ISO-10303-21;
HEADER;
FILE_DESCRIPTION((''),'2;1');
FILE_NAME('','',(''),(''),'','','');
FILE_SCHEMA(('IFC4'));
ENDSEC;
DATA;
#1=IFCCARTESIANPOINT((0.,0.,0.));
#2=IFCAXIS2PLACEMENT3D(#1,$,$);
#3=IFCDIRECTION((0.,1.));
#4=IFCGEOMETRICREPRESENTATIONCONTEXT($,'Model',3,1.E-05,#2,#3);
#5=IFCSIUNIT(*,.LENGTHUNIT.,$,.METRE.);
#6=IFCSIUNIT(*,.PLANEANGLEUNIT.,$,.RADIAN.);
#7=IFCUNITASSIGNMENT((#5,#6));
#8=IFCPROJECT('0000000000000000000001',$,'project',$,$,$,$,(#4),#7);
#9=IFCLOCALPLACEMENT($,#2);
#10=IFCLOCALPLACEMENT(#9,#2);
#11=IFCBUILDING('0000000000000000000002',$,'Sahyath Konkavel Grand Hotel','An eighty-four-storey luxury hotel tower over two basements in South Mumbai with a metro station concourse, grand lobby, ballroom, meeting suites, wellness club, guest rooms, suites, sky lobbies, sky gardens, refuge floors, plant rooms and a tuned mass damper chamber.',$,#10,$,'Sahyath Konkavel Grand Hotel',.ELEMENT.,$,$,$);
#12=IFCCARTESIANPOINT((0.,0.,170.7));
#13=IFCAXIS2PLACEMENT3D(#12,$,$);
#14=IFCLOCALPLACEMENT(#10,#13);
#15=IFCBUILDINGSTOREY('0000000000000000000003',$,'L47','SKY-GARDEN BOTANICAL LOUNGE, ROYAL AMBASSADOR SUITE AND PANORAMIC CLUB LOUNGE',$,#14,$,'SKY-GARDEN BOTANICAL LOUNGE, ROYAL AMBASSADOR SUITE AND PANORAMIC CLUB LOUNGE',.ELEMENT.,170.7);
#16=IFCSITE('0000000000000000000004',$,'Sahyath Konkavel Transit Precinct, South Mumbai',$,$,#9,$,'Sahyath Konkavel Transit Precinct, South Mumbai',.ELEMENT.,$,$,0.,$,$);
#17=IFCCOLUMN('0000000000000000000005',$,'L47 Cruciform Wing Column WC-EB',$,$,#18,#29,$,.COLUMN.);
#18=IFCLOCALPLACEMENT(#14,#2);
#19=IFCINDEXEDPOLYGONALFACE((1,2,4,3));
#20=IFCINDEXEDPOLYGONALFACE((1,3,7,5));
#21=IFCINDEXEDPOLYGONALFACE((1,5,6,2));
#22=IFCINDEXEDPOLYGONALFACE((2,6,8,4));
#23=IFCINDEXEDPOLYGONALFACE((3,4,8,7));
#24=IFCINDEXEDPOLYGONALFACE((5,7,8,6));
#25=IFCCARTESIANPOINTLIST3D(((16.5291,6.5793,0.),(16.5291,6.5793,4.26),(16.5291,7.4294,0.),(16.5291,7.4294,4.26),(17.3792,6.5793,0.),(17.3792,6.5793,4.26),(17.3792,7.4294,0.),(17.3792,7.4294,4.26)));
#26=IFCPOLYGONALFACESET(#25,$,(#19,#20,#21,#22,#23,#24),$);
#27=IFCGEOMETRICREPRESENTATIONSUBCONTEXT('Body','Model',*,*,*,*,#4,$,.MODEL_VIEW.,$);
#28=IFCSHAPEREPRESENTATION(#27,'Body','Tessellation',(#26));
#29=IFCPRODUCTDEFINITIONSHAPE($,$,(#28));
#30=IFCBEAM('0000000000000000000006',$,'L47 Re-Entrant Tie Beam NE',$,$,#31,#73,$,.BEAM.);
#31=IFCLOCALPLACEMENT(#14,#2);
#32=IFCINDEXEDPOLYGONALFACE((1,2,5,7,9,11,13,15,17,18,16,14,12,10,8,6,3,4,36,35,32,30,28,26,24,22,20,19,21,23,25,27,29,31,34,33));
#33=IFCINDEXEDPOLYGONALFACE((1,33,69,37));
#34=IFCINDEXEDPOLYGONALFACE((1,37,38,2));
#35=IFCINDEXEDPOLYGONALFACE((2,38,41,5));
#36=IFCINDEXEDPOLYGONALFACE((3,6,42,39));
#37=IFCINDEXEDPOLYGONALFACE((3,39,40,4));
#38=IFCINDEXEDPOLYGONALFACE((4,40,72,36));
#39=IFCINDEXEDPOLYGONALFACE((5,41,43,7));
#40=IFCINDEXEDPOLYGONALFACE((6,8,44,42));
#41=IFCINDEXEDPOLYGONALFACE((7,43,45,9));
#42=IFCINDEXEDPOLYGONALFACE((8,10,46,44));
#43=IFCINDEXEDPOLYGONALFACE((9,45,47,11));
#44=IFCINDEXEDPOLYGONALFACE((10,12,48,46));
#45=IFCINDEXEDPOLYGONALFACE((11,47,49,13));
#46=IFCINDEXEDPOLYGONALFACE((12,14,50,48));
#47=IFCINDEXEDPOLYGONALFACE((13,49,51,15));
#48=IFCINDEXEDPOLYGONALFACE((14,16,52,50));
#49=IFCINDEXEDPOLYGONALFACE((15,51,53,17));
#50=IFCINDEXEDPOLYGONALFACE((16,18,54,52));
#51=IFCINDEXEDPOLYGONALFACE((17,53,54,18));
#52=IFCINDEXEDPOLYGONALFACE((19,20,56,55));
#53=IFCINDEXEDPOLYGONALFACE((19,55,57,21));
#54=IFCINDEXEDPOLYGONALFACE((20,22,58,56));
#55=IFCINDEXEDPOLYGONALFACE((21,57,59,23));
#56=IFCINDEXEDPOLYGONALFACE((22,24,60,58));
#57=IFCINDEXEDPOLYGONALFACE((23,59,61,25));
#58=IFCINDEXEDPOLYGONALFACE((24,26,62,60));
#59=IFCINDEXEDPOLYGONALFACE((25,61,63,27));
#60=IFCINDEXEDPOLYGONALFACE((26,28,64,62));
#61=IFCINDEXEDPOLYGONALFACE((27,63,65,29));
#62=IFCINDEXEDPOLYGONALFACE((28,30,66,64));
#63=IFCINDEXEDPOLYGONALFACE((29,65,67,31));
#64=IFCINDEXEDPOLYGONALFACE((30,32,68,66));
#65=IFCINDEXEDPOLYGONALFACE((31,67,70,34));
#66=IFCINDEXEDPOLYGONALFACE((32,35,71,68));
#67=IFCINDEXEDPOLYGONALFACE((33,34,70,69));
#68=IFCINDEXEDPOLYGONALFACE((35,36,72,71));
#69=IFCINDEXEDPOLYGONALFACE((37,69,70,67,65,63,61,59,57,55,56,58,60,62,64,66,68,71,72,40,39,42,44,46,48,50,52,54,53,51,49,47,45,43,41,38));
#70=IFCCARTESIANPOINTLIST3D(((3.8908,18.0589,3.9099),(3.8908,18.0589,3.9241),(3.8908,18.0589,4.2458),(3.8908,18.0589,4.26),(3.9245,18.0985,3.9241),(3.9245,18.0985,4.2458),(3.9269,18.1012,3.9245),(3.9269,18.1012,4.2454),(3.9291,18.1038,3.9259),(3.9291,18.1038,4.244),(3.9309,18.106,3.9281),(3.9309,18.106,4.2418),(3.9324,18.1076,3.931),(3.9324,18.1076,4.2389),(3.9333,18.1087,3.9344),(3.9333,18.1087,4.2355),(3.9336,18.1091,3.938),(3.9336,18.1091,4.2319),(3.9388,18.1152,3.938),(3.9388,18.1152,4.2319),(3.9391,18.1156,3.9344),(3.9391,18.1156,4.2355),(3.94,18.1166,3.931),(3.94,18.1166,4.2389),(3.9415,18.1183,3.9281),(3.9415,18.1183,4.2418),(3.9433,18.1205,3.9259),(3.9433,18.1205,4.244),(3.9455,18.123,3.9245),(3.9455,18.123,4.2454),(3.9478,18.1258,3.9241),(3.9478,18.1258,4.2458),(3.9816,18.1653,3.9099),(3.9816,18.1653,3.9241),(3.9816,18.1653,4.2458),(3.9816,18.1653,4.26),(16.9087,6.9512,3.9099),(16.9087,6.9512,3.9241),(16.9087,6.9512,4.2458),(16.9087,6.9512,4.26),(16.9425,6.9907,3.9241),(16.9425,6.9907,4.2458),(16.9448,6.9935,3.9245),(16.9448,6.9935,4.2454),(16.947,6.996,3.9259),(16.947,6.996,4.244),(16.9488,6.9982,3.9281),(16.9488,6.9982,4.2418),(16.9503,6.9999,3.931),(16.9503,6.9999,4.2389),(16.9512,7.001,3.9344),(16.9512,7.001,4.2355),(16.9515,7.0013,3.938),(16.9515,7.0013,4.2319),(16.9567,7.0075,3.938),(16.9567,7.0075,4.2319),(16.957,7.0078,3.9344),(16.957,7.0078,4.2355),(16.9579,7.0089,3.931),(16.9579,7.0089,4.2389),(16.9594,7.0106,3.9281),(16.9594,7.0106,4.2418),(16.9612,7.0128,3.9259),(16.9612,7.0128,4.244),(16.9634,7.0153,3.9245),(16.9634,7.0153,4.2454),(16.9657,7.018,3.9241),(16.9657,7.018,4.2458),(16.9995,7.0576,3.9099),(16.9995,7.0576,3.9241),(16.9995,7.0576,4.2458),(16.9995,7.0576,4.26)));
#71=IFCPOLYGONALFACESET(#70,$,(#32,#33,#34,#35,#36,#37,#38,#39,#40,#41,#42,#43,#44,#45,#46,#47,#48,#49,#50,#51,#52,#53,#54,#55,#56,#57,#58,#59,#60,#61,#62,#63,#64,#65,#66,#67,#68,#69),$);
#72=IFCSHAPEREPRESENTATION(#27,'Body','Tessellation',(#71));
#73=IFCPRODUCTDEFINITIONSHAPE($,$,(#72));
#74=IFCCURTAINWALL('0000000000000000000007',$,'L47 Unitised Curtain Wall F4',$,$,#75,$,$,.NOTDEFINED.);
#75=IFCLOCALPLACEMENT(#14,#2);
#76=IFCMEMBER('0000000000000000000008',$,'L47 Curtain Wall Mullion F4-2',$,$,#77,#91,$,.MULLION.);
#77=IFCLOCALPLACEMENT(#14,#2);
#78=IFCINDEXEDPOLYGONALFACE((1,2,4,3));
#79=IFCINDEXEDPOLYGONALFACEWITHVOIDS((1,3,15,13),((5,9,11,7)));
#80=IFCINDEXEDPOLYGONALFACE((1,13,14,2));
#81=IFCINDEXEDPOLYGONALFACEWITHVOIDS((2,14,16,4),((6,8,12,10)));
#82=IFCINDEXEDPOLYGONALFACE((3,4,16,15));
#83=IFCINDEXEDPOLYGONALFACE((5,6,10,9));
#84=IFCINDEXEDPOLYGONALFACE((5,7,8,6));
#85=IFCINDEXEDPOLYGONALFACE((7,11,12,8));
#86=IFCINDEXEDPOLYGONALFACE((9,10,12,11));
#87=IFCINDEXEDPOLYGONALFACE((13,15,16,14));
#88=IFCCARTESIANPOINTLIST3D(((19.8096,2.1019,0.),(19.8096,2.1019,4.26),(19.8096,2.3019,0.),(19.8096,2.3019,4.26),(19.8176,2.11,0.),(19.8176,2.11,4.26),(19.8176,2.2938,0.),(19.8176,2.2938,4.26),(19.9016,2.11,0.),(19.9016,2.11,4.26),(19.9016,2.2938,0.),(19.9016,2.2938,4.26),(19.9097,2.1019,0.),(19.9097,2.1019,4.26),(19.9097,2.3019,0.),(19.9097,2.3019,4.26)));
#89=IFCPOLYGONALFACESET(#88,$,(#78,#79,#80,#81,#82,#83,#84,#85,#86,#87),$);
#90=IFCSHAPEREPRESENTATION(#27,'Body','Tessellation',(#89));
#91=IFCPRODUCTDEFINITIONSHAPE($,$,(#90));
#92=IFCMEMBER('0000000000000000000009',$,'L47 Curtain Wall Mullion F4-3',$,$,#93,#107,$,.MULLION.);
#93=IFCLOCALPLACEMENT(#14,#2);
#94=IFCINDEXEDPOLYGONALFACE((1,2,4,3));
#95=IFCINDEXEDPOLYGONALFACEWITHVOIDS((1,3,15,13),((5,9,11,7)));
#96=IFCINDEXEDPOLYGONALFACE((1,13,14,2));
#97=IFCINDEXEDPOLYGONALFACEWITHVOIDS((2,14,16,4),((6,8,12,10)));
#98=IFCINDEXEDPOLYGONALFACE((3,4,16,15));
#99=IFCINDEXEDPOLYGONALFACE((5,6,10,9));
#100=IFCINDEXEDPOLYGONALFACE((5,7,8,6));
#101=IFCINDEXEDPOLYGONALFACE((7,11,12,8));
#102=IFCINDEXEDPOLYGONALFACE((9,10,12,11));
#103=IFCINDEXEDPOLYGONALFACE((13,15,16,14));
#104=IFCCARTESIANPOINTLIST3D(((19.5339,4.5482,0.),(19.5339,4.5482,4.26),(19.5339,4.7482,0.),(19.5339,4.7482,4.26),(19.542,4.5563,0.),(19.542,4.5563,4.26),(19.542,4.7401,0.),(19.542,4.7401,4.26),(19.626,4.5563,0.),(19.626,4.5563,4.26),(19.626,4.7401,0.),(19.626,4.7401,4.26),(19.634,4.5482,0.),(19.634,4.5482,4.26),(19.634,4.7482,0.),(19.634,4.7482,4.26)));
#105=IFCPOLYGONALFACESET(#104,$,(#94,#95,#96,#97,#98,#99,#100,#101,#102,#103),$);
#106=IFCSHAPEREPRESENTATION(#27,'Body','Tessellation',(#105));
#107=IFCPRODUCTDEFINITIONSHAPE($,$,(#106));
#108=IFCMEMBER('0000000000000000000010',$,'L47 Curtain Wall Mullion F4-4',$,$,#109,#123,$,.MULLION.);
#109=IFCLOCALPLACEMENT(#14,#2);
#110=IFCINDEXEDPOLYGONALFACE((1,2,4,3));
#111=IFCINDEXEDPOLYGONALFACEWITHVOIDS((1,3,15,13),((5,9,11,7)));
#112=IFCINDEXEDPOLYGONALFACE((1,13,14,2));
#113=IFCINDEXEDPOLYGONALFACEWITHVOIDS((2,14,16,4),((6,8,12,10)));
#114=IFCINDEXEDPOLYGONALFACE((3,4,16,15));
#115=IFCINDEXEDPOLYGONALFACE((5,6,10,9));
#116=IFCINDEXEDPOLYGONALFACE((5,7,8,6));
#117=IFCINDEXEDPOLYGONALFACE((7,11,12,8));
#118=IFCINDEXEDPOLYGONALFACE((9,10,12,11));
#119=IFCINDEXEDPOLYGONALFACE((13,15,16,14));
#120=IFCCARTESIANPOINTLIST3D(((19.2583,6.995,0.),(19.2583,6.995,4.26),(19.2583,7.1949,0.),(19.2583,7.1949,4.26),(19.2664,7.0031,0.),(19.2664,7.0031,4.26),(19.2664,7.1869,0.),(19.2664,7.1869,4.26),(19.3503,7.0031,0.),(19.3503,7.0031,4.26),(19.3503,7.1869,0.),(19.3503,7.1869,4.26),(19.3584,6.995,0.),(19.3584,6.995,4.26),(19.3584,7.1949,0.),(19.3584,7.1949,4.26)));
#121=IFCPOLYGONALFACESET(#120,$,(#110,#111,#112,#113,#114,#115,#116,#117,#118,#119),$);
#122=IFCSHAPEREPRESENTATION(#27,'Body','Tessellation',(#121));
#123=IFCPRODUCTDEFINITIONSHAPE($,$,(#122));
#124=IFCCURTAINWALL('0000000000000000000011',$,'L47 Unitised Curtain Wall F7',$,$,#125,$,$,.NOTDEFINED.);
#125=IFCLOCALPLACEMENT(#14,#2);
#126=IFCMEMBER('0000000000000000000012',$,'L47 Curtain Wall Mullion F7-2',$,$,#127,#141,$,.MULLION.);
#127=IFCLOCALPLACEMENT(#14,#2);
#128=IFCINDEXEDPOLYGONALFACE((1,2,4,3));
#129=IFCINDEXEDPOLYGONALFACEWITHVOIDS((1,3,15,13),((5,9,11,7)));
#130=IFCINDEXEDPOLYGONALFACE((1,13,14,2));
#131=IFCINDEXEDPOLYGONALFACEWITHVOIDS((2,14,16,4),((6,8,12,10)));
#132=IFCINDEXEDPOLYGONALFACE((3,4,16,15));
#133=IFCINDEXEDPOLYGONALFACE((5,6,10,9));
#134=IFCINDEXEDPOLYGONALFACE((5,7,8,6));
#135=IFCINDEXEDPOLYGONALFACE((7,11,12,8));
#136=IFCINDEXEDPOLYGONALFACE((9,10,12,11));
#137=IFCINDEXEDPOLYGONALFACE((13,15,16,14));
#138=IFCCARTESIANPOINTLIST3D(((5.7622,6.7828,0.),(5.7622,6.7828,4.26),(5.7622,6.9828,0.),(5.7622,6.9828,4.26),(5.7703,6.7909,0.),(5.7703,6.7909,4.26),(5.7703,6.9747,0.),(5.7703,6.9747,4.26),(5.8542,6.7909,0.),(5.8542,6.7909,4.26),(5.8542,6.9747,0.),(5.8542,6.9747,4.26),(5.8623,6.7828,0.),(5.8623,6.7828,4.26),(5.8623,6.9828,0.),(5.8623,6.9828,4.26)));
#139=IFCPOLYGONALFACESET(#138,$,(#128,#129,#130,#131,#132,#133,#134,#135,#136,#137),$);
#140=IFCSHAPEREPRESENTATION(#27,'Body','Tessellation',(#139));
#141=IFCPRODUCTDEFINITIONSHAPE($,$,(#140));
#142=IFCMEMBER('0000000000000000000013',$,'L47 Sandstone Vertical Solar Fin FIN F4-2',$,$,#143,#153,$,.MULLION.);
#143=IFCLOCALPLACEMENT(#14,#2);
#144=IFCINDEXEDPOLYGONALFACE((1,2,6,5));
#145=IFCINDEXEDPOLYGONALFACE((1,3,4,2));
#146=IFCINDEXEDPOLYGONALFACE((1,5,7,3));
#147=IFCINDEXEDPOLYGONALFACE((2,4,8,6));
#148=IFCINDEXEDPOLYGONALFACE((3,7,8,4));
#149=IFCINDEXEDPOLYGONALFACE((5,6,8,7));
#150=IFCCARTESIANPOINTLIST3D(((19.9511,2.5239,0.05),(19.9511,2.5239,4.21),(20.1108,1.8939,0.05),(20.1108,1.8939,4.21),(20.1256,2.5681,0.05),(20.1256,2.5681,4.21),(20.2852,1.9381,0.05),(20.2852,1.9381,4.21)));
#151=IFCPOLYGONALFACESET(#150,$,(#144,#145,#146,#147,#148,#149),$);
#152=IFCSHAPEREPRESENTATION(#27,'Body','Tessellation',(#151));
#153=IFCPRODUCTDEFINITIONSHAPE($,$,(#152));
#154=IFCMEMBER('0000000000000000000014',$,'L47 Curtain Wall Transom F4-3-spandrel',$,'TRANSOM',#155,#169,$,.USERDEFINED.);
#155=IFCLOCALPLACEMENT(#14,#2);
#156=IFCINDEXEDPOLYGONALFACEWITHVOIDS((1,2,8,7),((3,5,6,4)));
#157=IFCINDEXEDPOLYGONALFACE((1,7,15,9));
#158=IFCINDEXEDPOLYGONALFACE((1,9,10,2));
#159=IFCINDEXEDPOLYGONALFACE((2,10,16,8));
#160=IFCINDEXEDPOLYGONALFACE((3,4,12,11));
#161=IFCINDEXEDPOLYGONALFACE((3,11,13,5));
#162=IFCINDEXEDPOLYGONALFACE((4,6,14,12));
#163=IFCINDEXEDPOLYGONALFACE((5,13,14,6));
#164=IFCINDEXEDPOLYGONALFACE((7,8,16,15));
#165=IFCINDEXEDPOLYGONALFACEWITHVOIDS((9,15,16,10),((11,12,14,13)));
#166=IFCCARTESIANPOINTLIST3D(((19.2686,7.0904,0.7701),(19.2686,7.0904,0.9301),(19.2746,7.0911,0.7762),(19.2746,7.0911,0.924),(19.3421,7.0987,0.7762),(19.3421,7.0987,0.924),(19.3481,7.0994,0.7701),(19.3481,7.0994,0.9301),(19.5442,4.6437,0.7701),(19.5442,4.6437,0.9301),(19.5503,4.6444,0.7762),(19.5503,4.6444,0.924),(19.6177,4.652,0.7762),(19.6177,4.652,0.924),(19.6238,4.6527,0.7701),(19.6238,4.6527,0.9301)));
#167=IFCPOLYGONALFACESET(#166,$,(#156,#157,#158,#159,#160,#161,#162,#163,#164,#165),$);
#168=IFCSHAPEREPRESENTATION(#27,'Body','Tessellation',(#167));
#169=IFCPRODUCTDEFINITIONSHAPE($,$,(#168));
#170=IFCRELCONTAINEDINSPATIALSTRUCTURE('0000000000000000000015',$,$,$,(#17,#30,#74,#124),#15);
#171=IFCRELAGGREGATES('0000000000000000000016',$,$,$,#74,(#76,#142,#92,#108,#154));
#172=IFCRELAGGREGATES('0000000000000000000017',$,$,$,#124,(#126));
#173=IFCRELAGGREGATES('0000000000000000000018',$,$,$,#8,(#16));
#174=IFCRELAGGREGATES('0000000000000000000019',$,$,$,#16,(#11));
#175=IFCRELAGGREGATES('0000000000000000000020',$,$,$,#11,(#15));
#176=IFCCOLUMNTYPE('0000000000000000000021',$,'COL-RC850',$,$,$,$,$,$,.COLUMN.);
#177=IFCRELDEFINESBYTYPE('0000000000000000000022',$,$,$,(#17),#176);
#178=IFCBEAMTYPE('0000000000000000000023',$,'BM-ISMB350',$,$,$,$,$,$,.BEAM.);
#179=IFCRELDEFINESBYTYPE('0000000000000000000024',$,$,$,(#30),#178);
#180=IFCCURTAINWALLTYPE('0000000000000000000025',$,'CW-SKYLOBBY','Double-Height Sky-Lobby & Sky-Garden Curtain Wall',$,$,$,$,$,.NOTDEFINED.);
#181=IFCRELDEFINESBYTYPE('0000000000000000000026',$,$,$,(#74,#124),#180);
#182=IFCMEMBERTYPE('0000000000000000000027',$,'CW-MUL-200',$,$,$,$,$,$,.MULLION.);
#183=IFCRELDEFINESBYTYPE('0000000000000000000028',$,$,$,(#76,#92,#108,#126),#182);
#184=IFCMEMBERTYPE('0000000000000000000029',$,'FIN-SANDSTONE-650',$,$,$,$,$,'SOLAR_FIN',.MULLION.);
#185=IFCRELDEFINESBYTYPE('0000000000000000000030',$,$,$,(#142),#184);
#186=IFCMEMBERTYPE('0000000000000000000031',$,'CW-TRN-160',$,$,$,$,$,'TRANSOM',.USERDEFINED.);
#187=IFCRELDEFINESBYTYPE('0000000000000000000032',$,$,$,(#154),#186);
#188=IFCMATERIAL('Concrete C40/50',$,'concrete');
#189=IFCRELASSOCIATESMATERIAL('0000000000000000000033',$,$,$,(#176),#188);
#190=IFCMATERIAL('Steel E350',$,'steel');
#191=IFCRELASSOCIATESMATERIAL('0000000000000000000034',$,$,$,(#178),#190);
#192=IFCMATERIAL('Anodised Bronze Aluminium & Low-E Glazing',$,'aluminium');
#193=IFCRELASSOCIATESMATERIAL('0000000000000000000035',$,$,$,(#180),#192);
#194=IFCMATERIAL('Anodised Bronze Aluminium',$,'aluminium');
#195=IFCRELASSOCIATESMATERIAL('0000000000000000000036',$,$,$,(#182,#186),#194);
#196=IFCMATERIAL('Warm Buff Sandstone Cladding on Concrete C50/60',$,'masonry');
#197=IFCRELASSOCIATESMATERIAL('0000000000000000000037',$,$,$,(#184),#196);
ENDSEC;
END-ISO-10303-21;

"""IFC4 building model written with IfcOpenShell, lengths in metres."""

from ifc_helpers import new_model, si_unit, direction, frame, origin, origin_2d, place, context, subcontext, project, spatial, rectangle, hollow_rectangle, i_section, extrude, source, transform, mapped, material, material_profile, profile_set, type_object, element, aggregate, save


model = new_model("IFC4")

# Units and contexts
model_context = context("Model", 3, precision=1e-05, world=origin(), true_north=direction((0.0, 1.0)))
body_context = subcontext(model_context, "Body", "Model", "MODEL_VIEW")
ifc_project = project(units=[si_unit("LENGTHUNIT", "METRE"), si_unit("PLANEANGLEUNIT", "RADIAN")], contexts=[model_context])

# Site, building, storey
site_placement = place(None, origin())
site = spatial("IfcSite", under=ifc_project, at=site_placement, Name="Sahyath Konkavel Transit Precinct, South Mumbai", LongName="Sahyath Konkavel Transit Precinct, South Mumbai", CompositionType="ELEMENT", RefElevation=0.0)
building_placement = place(site_placement, origin())
building = spatial("IfcBuilding", under=site, at=building_placement, Name="Sahyath Konkavel Grand Hotel", Description="An eighty-four-storey luxury hotel tower over two basements in South Mumbai with a metro station concourse, grand lobby, ballroom, meeting suites, wellness club, guest rooms, suites, sky lobbies, sky gardens, refuge floors, plant rooms and a tuned mass damper chamber.", LongName="Sahyath Konkavel Grand Hotel", CompositionType="ELEMENT")
storey_placement = place(building_placement, frame((0.0, 0.0, 170.7)))
storey = spatial("IfcBuildingStorey", under=building, at=storey_placement, Name="L47", Description="SKY-GARDEN BOTANICAL LOUNGE, ROYAL AMBASSADOR SUITE AND PANORAMIC CLUB LOUNGE", LongName="SKY-GARDEN BOTANICAL LOUNGE, ROYAL AMBASSADOR SUITE AND PANORAMIC CLUB LOUNGE", CompositionType="ELEMENT", Elevation=170.7)

# Column
ifc_material_1 = material(Name="Concrete C40/50", Category="concrete")
ifc_material_profile_1 = material_profile(ifc_material_1, rectangle(XDim=0.8501, YDim=0.8501, at=origin_2d()), Name="RC 850x850")
ifc_profile_set_1 = profile_set([ifc_material_profile_1], Name="Concrete C40/50")
column_type = type_object("IfcColumnType", Name="COL-RC850", PredefinedType="COLUMN", material=ifc_profile_set_1)
shared_shape_1 = source(origin(), body_context, "Body", "SweptSolid", [
    extrude(rectangle(XDim=0.8501, YDim=0.8501, at=origin_2d()), origin(), (0.0, 0.0, 1.0), 4.26),
])
column_placement = place(storey_placement, frame((16.9541, 7.0044, 0.0), z_axis=(0.0, 0.0, 1.0), x_axis=(1.0, 0.0, 0.0)))
element("IfcColumn", 1, at=column_placement, inside=storey, type_object=column_type, Name="L47 Cruciform Wing Column WC-EB", PredefinedType="COLUMN", context=body_context, shape_type="MappedRepresentation", body=[
    mapped(shared_shape_1, transform((0.0, 0.0, 0.0), scale=1.0)),
])

# Beam
ifc_material_2 = material(Name="Steel E350", Category="steel")
ifc_material_profile_2 = material_profile(ifc_material_2, i_section(OverallWidth=0.1399, OverallDepth=0.3501, WebThickness=0.0081, FlangeThickness=0.0142, FilletRadius=0.0139, at=origin_2d()), Name="ISMB 350")
ifc_profile_set_2 = profile_set([ifc_material_profile_2], Name="Steel E350")
beam_type_1 = type_object("IfcBeamType", Name="BM-ISMB350", PredefinedType="BEAM", material=ifc_profile_set_2)
shared_shape_2 = source(origin(), body_context, "Body", "SweptSolid", [
    extrude(i_section(OverallWidth=0.1399, OverallDepth=0.3501, WebThickness=0.0081, FlangeThickness=0.0142, FilletRadius=0.0139, at=origin_2d()), origin(), (0.0, 0.0, 1.0), 17.1128),
])
beam_1_placement = place(storey_placement, frame((16.9541, 7.0044, 4.085), z_axis=(-0.760712, 0.64909, 0.0), x_axis=(-0.64909, -0.760712, 0.0)))
element("IfcBeam", 2, at=beam_1_placement, inside=storey, type_object=beam_type_1, Name="L47 Re-Entrant Tie Beam NE", PredefinedType="BEAM", context=body_context, shape_type="MappedRepresentation", body=[
    mapped(shared_shape_2, transform((0.0, 0.0, 0.0), scale=1.0)),
])

# Curtain wall, members
ifc_material_3 = material(Name="Anodised Bronze Aluminium & Low-E Glazing", Category="aluminium")
curtain_wall_type = type_object("IfcCurtainWallType", Name="CW-SKYLOBBY", Description="Double-Height Sky-Lobby & Sky-Garden Curtain Wall", PredefinedType="NOTDEFINED", material=ifc_material_3)
curtain_wall_1_placement = place(storey_placement, origin())
curtain_wall_1 = element("IfcCurtainWall", 3, at=curtain_wall_1_placement, inside=storey, type_object=curtain_wall_type, Name="L47 Unitised Curtain Wall F4", PredefinedType="NOTDEFINED")
ifc_material_4 = material(Name="Anodised Bronze Aluminium", Category="aluminium")
ifc_material_profile_3 = material_profile(ifc_material_4, hollow_rectangle(XDim=0.1001, YDim=0.2, WallThickness=0.0081, at=origin_2d()), Name="RHS 200x100x8")
ifc_profile_set_3 = profile_set([ifc_material_profile_3], Name="Anodised Bronze Aluminium")
member_type_1 = type_object("IfcMemberType", Name="CW-MUL-200", PredefinedType="MULLION", material=ifc_profile_set_3)
shared_shape_3 = source(origin(), body_context, "Body", "SweptSolid", [
    extrude(hollow_rectangle(XDim=0.1001, YDim=0.2, WallThickness=0.0081, at=origin_2d()), origin(), (0.0, 0.0, 1.0), 4.26),
])
member_1_placement = place(storey_placement, frame((19.8596, 2.2019, 0.0), z_axis=(0.0, 0.0, 1.0), x_axis=(1.0, 0.0, 0.0)))
member_1 = element("IfcMember", 4, at=member_1_placement, type_object=member_type_1, Name="L47 Curtain Wall Mullion F4-2", PredefinedType="MULLION", context=body_context, shape_type="MappedRepresentation", body=[
    mapped(shared_shape_3, transform((0.0, 0.0, 0.0), scale=1.0)),
])
member_2_placement = place(storey_placement, frame((19.584, 4.6482, 0.0), z_axis=(0.0, 0.0, 1.0), x_axis=(1.0, 0.0, 0.0)))
member_2 = element("IfcMember", 5, at=member_2_placement, type_object=member_type_1, Name="L47 Curtain Wall Mullion F4-3", PredefinedType="MULLION", context=body_context, shape_type="MappedRepresentation", body=[
    mapped(shared_shape_3, transform((0.0, 0.0, 0.0), scale=1.0)),
])
member_3_placement = place(storey_placement, frame((19.3083, 7.095, 0.0), z_axis=(0.0, 0.0, 1.0), x_axis=(1.0, 0.0, 0.0)))
member_3 = element("IfcMember", 6, at=member_3_placement, type_object=member_type_1, Name="L47 Curtain Wall Mullion F4-4", PredefinedType="MULLION", context=body_context, shape_type="MappedRepresentation", body=[
    mapped(shared_shape_3, transform((0.0, 0.0, 0.0), scale=1.0)),
])

# Curtain wall, member
curtain_wall_2_placement = place(storey_placement, origin())
curtain_wall_2 = element("IfcCurtainWall", 7, at=curtain_wall_2_placement, inside=storey, type_object=curtain_wall_type, Name="L47 Unitised Curtain Wall F7", PredefinedType="NOTDEFINED")
member_4_placement = place(storey_placement, frame((5.8123, 6.8828, 0.0), z_axis=(0.0, 0.0, 1.0), x_axis=(1.0, 0.0, 0.0)))
member_4 = element("IfcMember", 8, at=member_4_placement, type_object=member_type_1, Name="L47 Curtain Wall Mullion F7-2", PredefinedType="MULLION", context=body_context, shape_type="MappedRepresentation", body=[
    mapped(shared_shape_3, transform((0.0, 0.0, 0.0), scale=1.0)),
])

# Members
ifc_material_5 = material(Name="Warm Buff Sandstone Cladding on Concrete C50/60", Category="masonry")
ifc_material_profile_4 = material_profile(ifc_material_5, rectangle(XDim=0.1799, YDim=0.6499, at=origin_2d()), Name="FIN 180x650")
ifc_profile_set_4 = profile_set([ifc_material_profile_4], Name="Warm Buff Sandstone Cladding on Concrete C50/60")
member_type_2 = type_object("IfcMemberType", Name="FIN-SANDSTONE-650", ElementType="SOLAR_FIN", PredefinedType="MULLION", material=ifc_profile_set_4)
shared_shape_4 = source(origin(), body_context, "Body", "SweptSolid", [
    extrude(rectangle(XDim=0.1799, YDim=0.6499, at=origin_2d()), origin(), (0.0, 0.0, 1.0), 4.1599),
])
member_5_placement = place(storey_placement, frame((20.1182, 2.231, 0.05), z_axis=(0.0, 0.0, 1.0), x_axis=(0.96936, 0.245646, 0.0)))
member_5 = element("IfcMember", 9, at=member_5_placement, type_object=member_type_2, Name="L47 Sandstone Vertical Solar Fin FIN F4-2", PredefinedType="MULLION", context=body_context, shape_type="MappedRepresentation", body=[
    mapped(shared_shape_4, transform((0.0, 0.0, 0.0), scale=1.0)),
])
ifc_material_profile_5 = material_profile(ifc_material_4, hollow_rectangle(XDim=0.0801, YDim=0.1599, WallThickness=0.0061, at=origin_2d()), Name="RHS 160x80x6")
ifc_profile_set_5 = profile_set([ifc_material_profile_5], Name="Anodised Bronze Aluminium")
member_type_3 = type_object("IfcMemberType", Name="CW-TRN-160", ElementType="TRANSOM", PredefinedType="USERDEFINED", material=ifc_profile_set_5)
shared_shape_5 = source(origin(), body_context, "Body", "SweptSolid", [
    extrude(hollow_rectangle(XDim=0.0801, YDim=0.1599, WallThickness=0.0061, at=origin_2d()), origin(), (0.0, 0.0, 1.0), 2.4622),
])
member_6_placement = place(storey_placement, frame((19.584, 4.6482, 0.8501), z_axis=(-0.111944, 0.993715, 0.0), x_axis=(-0.993715, -0.111944, 0.0)))
member_6 = element("IfcMember", 10, at=member_6_placement, type_object=member_type_3, Name="L47 Curtain Wall Transom F4-3-spandrel", ObjectType="TRANSOM", PredefinedType="USERDEFINED", context=body_context, shape_type="MappedRepresentation", body=[
    mapped(shared_shape_5, transform((0.0, 0.0, 0.0), scale=1.0)),
])

aggregate(curtain_wall_1, [member_1, member_5, member_2, member_3, member_6])
aggregate(curtain_wall_2, [member_4])

save(model, "model.ifc")
